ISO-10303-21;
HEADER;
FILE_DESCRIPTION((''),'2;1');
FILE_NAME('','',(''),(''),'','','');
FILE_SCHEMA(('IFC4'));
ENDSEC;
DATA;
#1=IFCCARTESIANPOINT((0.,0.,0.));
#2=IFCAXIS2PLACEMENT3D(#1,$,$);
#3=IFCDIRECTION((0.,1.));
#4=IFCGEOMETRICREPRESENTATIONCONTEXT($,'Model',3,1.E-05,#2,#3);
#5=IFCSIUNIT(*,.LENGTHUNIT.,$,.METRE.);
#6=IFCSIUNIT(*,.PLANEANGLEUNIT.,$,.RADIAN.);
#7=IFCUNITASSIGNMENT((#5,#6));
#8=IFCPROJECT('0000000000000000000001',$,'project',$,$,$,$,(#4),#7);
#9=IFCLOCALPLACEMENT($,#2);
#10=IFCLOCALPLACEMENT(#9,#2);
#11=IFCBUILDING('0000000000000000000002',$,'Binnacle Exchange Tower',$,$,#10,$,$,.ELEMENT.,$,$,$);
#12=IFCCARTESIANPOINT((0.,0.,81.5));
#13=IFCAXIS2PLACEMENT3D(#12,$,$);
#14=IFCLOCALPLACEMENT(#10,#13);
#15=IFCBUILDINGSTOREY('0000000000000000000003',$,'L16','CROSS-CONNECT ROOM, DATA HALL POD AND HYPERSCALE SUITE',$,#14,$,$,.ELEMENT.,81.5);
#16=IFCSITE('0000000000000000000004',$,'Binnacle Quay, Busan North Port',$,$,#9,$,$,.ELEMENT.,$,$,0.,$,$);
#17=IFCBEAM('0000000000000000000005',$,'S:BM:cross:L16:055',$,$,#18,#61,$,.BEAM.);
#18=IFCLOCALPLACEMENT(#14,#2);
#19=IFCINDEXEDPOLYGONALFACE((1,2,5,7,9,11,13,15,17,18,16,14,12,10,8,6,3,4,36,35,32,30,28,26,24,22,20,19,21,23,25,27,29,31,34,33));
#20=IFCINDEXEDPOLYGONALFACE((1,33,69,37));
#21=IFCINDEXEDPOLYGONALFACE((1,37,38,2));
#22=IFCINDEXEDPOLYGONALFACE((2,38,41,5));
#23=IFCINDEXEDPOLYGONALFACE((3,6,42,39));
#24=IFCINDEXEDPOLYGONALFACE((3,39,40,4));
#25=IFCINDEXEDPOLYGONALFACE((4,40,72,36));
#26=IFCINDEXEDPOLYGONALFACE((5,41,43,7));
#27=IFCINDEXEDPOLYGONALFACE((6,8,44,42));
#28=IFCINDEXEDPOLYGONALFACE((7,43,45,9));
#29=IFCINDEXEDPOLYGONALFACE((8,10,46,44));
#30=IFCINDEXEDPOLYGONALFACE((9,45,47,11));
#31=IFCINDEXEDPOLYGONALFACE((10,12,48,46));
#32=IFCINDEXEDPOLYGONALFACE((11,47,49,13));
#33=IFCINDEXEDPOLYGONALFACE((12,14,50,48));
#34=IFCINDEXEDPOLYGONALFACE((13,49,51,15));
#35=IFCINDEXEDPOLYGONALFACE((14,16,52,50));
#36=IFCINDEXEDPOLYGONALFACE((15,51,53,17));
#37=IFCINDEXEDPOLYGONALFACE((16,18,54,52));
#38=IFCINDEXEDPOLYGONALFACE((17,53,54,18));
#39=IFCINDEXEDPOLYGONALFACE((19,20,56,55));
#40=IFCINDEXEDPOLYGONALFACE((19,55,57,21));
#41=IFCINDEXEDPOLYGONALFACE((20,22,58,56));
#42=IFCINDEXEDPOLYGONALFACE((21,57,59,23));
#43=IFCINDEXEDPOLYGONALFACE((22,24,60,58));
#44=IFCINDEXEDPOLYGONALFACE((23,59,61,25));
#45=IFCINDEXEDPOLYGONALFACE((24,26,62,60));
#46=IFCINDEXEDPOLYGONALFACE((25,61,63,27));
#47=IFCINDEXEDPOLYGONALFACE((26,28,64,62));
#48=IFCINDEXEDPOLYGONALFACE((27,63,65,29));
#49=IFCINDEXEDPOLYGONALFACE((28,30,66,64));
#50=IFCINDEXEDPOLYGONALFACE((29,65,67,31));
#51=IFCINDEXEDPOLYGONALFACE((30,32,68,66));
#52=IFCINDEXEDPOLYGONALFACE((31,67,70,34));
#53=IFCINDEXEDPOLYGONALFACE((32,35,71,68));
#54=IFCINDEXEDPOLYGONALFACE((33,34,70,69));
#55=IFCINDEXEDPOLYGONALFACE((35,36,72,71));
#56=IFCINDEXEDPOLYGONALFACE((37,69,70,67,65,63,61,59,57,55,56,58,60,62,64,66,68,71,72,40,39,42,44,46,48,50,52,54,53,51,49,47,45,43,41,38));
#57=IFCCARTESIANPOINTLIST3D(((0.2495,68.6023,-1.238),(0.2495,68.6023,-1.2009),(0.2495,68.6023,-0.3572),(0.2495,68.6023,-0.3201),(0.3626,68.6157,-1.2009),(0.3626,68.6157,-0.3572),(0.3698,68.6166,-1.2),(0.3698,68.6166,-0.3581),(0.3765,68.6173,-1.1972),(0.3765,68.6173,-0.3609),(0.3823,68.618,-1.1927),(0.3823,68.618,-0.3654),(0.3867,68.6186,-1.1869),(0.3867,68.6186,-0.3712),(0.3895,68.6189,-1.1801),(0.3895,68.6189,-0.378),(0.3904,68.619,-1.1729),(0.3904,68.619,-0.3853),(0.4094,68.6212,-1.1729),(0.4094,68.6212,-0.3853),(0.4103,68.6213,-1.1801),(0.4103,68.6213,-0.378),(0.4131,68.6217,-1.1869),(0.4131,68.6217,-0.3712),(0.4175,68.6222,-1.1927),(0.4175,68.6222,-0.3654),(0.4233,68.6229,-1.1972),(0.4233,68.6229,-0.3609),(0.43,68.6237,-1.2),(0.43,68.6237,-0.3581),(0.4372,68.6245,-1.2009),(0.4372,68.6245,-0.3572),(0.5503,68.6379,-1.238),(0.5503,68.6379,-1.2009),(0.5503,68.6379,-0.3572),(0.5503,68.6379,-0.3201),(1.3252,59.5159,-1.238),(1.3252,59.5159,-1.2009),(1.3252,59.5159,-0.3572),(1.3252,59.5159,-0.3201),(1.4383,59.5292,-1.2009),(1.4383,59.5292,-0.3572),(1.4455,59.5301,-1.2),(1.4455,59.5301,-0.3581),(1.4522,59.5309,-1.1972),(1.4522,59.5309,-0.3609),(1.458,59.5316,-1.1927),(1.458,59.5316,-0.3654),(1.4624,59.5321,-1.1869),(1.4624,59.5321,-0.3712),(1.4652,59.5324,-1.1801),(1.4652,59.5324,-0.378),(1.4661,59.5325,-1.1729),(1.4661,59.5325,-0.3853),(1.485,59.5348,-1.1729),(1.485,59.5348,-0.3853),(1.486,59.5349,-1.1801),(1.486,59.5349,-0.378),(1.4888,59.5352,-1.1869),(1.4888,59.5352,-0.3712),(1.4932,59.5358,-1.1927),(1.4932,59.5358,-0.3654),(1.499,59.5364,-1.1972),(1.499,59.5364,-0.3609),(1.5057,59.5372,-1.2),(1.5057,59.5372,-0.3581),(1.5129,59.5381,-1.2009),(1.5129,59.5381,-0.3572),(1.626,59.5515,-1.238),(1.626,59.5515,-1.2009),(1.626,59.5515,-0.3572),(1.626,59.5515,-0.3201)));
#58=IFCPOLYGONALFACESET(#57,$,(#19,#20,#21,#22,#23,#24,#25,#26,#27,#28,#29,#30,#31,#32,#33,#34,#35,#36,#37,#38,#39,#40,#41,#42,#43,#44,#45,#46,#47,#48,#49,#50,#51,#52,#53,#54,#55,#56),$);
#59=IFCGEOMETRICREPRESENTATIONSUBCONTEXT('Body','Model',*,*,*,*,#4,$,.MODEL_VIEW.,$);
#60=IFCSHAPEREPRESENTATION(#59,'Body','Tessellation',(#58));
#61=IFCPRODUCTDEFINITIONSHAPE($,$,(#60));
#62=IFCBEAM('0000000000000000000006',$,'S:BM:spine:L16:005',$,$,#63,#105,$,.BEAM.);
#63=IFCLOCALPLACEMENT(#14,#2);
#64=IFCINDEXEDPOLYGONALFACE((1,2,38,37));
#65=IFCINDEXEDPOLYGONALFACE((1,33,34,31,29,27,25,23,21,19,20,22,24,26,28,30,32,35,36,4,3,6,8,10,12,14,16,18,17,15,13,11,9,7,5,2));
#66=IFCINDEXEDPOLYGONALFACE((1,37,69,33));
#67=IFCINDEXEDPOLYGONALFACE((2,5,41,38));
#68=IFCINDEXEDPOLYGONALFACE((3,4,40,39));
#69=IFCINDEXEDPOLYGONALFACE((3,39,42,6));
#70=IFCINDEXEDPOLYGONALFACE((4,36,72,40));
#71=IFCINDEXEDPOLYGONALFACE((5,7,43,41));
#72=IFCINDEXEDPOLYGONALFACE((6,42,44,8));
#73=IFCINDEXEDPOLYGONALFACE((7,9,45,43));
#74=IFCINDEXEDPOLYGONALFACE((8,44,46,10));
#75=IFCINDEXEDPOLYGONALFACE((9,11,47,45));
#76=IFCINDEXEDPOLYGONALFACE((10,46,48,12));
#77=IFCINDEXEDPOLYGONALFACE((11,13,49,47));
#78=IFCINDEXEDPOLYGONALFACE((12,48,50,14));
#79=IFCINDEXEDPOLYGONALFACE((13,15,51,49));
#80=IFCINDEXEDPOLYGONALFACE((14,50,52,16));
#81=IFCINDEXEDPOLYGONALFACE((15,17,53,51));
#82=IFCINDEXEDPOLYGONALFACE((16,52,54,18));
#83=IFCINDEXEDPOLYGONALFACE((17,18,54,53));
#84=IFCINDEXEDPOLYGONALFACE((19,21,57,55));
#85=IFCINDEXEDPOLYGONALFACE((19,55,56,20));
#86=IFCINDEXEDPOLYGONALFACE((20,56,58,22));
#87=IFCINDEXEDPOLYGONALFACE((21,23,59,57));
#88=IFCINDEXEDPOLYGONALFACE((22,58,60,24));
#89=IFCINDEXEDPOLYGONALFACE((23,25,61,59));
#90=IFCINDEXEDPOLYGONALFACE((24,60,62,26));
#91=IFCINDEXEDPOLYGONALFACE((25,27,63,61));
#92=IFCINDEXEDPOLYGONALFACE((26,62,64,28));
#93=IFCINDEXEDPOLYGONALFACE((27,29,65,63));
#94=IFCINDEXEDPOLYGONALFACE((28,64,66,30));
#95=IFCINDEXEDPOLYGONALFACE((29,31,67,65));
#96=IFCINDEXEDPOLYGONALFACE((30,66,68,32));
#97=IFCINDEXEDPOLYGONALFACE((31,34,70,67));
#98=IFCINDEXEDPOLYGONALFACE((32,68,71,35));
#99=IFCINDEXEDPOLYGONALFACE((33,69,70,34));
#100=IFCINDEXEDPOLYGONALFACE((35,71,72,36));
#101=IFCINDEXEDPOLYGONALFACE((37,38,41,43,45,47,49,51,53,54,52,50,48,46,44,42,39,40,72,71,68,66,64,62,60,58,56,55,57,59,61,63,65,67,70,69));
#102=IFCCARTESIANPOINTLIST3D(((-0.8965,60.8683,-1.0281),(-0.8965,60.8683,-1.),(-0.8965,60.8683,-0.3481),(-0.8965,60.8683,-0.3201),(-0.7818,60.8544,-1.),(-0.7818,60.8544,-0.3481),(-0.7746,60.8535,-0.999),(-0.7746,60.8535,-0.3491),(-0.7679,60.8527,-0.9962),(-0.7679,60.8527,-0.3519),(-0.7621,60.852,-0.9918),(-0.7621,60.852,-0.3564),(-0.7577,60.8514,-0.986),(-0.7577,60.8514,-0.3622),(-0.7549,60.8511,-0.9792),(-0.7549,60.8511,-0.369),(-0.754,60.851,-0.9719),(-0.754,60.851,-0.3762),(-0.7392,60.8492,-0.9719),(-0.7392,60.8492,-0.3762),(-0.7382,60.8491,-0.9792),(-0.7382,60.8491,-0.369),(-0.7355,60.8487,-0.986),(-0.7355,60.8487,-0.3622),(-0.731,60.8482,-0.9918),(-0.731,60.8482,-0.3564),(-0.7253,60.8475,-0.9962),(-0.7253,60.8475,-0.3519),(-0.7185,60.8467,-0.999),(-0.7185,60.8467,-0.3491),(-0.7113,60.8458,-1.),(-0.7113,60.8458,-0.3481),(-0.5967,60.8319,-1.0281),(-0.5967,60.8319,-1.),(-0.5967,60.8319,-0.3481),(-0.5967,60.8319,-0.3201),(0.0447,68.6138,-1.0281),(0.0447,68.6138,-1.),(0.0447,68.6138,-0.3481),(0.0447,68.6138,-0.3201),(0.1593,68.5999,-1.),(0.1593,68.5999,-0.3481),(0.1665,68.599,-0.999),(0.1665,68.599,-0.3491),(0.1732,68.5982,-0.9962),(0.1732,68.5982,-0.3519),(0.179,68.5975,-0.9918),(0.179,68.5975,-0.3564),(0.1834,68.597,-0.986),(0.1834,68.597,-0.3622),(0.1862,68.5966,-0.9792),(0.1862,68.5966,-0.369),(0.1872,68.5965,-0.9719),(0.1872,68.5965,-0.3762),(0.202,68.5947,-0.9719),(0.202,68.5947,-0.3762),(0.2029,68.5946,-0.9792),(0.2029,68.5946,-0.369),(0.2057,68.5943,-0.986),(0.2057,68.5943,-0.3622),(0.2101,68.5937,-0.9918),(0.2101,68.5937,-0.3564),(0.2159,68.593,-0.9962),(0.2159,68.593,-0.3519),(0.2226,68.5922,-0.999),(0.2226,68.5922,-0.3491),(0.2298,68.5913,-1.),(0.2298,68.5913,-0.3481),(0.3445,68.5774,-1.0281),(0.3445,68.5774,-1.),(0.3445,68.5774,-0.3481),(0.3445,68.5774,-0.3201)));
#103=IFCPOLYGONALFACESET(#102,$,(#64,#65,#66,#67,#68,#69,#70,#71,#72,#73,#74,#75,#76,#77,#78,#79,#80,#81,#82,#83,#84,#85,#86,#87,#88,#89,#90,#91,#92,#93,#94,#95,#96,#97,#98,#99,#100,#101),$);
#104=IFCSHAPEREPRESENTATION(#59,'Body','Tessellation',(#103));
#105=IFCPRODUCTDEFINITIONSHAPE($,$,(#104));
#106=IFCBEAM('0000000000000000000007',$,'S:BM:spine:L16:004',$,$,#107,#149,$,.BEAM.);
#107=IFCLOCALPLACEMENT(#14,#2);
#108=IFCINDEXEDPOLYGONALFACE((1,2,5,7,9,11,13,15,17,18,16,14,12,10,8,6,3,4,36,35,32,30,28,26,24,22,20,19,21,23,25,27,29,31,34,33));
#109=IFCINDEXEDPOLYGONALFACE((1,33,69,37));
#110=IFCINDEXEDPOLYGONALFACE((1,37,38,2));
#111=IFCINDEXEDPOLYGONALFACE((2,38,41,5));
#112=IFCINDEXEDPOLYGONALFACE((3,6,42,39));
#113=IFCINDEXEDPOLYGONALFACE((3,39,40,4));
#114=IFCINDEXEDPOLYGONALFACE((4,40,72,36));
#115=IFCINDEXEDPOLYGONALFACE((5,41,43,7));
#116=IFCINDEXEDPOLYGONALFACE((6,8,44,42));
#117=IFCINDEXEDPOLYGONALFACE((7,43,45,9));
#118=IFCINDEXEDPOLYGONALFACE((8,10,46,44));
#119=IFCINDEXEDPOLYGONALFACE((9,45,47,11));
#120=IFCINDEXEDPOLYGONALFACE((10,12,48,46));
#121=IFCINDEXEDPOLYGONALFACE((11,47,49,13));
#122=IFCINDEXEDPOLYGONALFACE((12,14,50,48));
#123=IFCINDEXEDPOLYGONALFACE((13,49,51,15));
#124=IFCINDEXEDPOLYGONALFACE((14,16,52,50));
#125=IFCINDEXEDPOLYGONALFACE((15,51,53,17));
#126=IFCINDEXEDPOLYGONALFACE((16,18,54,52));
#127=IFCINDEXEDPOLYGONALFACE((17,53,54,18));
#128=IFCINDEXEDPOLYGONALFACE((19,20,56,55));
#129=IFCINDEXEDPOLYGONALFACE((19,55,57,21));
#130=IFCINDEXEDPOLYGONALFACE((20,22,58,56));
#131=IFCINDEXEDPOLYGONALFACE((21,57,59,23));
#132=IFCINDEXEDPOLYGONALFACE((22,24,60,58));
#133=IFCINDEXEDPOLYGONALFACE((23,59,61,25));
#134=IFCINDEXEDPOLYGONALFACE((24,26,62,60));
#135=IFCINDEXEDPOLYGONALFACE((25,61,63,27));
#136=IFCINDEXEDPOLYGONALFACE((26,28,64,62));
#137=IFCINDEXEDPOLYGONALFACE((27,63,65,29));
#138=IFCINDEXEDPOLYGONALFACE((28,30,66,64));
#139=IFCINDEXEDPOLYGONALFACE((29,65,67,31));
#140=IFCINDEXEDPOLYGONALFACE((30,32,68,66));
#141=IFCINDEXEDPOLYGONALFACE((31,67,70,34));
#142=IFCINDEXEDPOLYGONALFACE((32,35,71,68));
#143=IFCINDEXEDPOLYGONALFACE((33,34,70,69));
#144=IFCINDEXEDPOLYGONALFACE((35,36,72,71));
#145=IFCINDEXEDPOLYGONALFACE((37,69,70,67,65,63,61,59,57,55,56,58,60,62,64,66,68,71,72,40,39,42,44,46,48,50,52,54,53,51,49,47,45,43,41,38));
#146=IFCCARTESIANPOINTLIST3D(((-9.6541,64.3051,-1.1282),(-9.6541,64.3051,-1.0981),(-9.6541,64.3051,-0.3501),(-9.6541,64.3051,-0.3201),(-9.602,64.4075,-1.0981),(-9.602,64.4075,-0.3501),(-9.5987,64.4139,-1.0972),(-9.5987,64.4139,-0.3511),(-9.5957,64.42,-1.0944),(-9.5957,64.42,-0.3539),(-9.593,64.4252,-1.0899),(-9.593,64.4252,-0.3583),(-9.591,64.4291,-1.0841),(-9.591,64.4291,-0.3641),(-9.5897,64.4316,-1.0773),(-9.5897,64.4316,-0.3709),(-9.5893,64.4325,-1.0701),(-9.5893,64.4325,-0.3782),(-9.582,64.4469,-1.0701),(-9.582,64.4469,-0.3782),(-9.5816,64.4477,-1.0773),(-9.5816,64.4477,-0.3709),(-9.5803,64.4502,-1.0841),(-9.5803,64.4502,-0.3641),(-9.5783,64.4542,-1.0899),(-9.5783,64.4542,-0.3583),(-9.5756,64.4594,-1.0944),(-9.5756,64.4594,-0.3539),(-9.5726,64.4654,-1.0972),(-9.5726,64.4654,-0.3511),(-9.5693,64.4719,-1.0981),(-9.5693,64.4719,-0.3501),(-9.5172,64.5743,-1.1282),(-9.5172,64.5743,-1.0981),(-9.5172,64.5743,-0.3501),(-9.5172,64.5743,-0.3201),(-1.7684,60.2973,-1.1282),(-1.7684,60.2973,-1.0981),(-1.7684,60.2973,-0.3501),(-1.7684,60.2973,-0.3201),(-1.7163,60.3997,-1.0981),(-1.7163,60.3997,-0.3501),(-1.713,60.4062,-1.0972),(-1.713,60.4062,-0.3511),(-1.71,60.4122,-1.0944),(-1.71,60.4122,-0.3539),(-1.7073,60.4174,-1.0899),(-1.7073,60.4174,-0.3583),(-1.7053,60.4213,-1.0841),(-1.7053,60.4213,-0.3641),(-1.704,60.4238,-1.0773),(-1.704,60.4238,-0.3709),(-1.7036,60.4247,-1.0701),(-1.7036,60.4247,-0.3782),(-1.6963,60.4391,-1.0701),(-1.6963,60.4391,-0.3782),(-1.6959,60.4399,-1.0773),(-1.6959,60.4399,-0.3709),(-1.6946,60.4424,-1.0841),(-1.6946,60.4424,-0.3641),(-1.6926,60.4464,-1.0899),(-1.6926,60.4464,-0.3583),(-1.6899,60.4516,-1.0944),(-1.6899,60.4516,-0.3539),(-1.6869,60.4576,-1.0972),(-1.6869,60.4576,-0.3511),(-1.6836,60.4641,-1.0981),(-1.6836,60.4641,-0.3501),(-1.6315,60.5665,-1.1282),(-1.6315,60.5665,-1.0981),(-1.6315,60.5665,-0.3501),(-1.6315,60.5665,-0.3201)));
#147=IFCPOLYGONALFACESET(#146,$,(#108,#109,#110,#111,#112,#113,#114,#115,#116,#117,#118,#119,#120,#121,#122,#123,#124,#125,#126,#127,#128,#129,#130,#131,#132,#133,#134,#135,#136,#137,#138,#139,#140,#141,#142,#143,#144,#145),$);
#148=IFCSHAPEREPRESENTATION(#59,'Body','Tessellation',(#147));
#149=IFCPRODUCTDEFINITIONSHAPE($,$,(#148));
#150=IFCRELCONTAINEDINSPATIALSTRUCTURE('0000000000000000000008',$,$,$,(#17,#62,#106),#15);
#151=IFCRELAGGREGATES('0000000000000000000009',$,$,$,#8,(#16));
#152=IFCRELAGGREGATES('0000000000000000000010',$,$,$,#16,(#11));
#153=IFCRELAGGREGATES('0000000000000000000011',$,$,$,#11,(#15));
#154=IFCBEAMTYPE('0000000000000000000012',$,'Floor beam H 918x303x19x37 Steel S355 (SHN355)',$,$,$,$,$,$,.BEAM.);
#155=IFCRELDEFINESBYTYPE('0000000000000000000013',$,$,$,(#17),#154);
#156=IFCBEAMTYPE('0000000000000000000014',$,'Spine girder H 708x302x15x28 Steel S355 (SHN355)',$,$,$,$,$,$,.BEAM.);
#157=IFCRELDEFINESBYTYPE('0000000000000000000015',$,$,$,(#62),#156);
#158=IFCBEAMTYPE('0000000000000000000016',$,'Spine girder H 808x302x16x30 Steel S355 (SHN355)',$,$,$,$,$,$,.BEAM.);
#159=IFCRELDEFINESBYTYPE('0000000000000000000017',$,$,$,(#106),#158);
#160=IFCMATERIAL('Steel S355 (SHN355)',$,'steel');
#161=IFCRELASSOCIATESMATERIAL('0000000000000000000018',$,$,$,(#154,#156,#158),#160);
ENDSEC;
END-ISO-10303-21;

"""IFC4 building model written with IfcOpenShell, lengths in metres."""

from ifc_helpers import new_model, si_unit, direction, frame, origin, origin_2d, place, context, subcontext, project, spatial, i_section, extrude, material, material_profile, profile_set, type_object, element, save


model = new_model("IFC4")

# Units and contexts
model_context = context("Model", 3, precision=1e-05, world=origin(), true_north=direction((0.0, 1.0)))
body_context = subcontext(model_context, "Body", "Model", "MODEL_VIEW")
ifc_project = project(units=[si_unit("LENGTHUNIT", "METRE"), si_unit("PLANEANGLEUNIT", "RADIAN")], contexts=[model_context])

# Site, building, storey
site_placement = place(None, origin())
site = spatial("IfcSite", under=ifc_project, at=site_placement, Name="Binnacle Quay, Busan North Port", CompositionType="ELEMENT", RefElevation=0.0)
building_placement = place(site_placement, origin())
building = spatial("IfcBuilding", under=site, at=building_placement, Name="Binnacle Exchange Tower", CompositionType="ELEMENT")
storey_placement = place(building_placement, frame((0.0, 0.0, 81.5)))
storey = spatial("IfcBuildingStorey", under=building, at=storey_placement, Name="L16", Description="CROSS-CONNECT ROOM, DATA HALL POD AND HYPERSCALE SUITE", CompositionType="ELEMENT", Elevation=81.5)

# Beams
ifc_material_1 = material(Name="Steel S355 (SHN355)", Category="steel")
ifc_material_profile_1 = material_profile(ifc_material_1, i_section(OverallWidth=0.303, OverallDepth=0.918, WebThickness=0.019, FlangeThickness=0.0371, FilletRadius=0.0281, at=origin_2d()), Name="H 918x303x19x37")
ifc_profile_set_1 = profile_set([ifc_material_profile_1], Name="Steel S355 (SHN355)")
beam_type_1 = type_object("IfcBeamType", Name="Floor beam H 918x303x19x37 Steel S355 (SHN355)", PredefinedType="BEAM", material=ifc_profile_set_1)
beam_1_placement = place(storey_placement, frame((0.3999, 68.6201, -0.7791), z_axis=(0.117563, -0.993065, 0.0), x_axis=(0.993065, 0.117563, 0.0)))
element("IfcBeam", 1, at=beam_1_placement, inside=storey, type_object=beam_type_1, Name="S:BM:cross:L16:055", PredefinedType="BEAM", context=body_context, shape_type="SweptSolid", body=[
    extrude(i_section(OverallWidth=0.303, OverallDepth=0.918, WebThickness=0.019, FlangeThickness=0.0371, FilletRadius=0.0281, at=origin_2d()), origin(), (0.0, 0.0, 1.0), 9.1499),
])
ifc_material_profile_2 = material_profile(ifc_material_1, i_section(OverallWidth=0.302, OverallDepth=0.708, WebThickness=0.0149, FlangeThickness=0.0281, FilletRadius=0.0281, at=origin_2d()), Name="H 708x302x15x28")
ifc_profile_set_2 = profile_set([ifc_material_profile_2], Name="Steel S355 (SHN355)")
beam_type_2 = type_object("IfcBeamType", Name="Spine girder H 708x302x15x28 Steel S355 (SHN355)", PredefinedType="BEAM", material=ifc_profile_set_2)
beam_2_placement = place(storey_placement, frame((-0.7466, 60.8501, -0.6741), z_axis=(0.120622, 0.992699, 0.0), x_axis=(-0.992699, 0.120622, 0.0)))
element("IfcBeam", 2, at=beam_2_placement, inside=storey, type_object=beam_type_2, Name="S:BM:spine:L16:005", PredefinedType="BEAM", context=body_context, shape_type="SweptSolid", body=[
    extrude(i_section(OverallWidth=0.302, OverallDepth=0.708, WebThickness=0.0149, FlangeThickness=0.0281, FilletRadius=0.0281, at=origin_2d()), origin(), (0.0, 0.0, 1.0), 7.8025),
])
ifc_material_profile_3 = material_profile(ifc_material_1, i_section(OverallWidth=0.302, OverallDepth=0.8081, WebThickness=0.0161, FlangeThickness=0.03, FilletRadius=0.0281, at=origin_2d()), Name="H 808x302x16x30")
ifc_profile_set_3 = profile_set([ifc_material_profile_3], Name="Steel S355 (SHN355)")
beam_type_3 = type_object("IfcBeamType", Name="Spine girder H 808x302x16x30 Steel S355 (SHN355)", PredefinedType="BEAM", material=ifc_profile_set_3)
beam_3_placement = place(storey_placement, frame((-1.7, 60.4319, -0.7241), z_axis=(-0.891471, 0.453077, 0.0), x_axis=(-0.453077, -0.891471, 0.0)))
element("IfcBeam", 3, at=beam_3_placement, inside=storey, type_object=beam_type_3, Name="S:BM:spine:L16:004", PredefinedType="BEAM", context=body_context, shape_type="SweptSolid", body=[
    extrude(i_section(OverallWidth=0.302, OverallDepth=0.8081, WebThickness=0.0161, FlangeThickness=0.03, FilletRadius=0.0281, at=origin_2d()), origin(), (0.0, 0.0, 1.0), 8.8457),
])

save(model, "model.ifc")
